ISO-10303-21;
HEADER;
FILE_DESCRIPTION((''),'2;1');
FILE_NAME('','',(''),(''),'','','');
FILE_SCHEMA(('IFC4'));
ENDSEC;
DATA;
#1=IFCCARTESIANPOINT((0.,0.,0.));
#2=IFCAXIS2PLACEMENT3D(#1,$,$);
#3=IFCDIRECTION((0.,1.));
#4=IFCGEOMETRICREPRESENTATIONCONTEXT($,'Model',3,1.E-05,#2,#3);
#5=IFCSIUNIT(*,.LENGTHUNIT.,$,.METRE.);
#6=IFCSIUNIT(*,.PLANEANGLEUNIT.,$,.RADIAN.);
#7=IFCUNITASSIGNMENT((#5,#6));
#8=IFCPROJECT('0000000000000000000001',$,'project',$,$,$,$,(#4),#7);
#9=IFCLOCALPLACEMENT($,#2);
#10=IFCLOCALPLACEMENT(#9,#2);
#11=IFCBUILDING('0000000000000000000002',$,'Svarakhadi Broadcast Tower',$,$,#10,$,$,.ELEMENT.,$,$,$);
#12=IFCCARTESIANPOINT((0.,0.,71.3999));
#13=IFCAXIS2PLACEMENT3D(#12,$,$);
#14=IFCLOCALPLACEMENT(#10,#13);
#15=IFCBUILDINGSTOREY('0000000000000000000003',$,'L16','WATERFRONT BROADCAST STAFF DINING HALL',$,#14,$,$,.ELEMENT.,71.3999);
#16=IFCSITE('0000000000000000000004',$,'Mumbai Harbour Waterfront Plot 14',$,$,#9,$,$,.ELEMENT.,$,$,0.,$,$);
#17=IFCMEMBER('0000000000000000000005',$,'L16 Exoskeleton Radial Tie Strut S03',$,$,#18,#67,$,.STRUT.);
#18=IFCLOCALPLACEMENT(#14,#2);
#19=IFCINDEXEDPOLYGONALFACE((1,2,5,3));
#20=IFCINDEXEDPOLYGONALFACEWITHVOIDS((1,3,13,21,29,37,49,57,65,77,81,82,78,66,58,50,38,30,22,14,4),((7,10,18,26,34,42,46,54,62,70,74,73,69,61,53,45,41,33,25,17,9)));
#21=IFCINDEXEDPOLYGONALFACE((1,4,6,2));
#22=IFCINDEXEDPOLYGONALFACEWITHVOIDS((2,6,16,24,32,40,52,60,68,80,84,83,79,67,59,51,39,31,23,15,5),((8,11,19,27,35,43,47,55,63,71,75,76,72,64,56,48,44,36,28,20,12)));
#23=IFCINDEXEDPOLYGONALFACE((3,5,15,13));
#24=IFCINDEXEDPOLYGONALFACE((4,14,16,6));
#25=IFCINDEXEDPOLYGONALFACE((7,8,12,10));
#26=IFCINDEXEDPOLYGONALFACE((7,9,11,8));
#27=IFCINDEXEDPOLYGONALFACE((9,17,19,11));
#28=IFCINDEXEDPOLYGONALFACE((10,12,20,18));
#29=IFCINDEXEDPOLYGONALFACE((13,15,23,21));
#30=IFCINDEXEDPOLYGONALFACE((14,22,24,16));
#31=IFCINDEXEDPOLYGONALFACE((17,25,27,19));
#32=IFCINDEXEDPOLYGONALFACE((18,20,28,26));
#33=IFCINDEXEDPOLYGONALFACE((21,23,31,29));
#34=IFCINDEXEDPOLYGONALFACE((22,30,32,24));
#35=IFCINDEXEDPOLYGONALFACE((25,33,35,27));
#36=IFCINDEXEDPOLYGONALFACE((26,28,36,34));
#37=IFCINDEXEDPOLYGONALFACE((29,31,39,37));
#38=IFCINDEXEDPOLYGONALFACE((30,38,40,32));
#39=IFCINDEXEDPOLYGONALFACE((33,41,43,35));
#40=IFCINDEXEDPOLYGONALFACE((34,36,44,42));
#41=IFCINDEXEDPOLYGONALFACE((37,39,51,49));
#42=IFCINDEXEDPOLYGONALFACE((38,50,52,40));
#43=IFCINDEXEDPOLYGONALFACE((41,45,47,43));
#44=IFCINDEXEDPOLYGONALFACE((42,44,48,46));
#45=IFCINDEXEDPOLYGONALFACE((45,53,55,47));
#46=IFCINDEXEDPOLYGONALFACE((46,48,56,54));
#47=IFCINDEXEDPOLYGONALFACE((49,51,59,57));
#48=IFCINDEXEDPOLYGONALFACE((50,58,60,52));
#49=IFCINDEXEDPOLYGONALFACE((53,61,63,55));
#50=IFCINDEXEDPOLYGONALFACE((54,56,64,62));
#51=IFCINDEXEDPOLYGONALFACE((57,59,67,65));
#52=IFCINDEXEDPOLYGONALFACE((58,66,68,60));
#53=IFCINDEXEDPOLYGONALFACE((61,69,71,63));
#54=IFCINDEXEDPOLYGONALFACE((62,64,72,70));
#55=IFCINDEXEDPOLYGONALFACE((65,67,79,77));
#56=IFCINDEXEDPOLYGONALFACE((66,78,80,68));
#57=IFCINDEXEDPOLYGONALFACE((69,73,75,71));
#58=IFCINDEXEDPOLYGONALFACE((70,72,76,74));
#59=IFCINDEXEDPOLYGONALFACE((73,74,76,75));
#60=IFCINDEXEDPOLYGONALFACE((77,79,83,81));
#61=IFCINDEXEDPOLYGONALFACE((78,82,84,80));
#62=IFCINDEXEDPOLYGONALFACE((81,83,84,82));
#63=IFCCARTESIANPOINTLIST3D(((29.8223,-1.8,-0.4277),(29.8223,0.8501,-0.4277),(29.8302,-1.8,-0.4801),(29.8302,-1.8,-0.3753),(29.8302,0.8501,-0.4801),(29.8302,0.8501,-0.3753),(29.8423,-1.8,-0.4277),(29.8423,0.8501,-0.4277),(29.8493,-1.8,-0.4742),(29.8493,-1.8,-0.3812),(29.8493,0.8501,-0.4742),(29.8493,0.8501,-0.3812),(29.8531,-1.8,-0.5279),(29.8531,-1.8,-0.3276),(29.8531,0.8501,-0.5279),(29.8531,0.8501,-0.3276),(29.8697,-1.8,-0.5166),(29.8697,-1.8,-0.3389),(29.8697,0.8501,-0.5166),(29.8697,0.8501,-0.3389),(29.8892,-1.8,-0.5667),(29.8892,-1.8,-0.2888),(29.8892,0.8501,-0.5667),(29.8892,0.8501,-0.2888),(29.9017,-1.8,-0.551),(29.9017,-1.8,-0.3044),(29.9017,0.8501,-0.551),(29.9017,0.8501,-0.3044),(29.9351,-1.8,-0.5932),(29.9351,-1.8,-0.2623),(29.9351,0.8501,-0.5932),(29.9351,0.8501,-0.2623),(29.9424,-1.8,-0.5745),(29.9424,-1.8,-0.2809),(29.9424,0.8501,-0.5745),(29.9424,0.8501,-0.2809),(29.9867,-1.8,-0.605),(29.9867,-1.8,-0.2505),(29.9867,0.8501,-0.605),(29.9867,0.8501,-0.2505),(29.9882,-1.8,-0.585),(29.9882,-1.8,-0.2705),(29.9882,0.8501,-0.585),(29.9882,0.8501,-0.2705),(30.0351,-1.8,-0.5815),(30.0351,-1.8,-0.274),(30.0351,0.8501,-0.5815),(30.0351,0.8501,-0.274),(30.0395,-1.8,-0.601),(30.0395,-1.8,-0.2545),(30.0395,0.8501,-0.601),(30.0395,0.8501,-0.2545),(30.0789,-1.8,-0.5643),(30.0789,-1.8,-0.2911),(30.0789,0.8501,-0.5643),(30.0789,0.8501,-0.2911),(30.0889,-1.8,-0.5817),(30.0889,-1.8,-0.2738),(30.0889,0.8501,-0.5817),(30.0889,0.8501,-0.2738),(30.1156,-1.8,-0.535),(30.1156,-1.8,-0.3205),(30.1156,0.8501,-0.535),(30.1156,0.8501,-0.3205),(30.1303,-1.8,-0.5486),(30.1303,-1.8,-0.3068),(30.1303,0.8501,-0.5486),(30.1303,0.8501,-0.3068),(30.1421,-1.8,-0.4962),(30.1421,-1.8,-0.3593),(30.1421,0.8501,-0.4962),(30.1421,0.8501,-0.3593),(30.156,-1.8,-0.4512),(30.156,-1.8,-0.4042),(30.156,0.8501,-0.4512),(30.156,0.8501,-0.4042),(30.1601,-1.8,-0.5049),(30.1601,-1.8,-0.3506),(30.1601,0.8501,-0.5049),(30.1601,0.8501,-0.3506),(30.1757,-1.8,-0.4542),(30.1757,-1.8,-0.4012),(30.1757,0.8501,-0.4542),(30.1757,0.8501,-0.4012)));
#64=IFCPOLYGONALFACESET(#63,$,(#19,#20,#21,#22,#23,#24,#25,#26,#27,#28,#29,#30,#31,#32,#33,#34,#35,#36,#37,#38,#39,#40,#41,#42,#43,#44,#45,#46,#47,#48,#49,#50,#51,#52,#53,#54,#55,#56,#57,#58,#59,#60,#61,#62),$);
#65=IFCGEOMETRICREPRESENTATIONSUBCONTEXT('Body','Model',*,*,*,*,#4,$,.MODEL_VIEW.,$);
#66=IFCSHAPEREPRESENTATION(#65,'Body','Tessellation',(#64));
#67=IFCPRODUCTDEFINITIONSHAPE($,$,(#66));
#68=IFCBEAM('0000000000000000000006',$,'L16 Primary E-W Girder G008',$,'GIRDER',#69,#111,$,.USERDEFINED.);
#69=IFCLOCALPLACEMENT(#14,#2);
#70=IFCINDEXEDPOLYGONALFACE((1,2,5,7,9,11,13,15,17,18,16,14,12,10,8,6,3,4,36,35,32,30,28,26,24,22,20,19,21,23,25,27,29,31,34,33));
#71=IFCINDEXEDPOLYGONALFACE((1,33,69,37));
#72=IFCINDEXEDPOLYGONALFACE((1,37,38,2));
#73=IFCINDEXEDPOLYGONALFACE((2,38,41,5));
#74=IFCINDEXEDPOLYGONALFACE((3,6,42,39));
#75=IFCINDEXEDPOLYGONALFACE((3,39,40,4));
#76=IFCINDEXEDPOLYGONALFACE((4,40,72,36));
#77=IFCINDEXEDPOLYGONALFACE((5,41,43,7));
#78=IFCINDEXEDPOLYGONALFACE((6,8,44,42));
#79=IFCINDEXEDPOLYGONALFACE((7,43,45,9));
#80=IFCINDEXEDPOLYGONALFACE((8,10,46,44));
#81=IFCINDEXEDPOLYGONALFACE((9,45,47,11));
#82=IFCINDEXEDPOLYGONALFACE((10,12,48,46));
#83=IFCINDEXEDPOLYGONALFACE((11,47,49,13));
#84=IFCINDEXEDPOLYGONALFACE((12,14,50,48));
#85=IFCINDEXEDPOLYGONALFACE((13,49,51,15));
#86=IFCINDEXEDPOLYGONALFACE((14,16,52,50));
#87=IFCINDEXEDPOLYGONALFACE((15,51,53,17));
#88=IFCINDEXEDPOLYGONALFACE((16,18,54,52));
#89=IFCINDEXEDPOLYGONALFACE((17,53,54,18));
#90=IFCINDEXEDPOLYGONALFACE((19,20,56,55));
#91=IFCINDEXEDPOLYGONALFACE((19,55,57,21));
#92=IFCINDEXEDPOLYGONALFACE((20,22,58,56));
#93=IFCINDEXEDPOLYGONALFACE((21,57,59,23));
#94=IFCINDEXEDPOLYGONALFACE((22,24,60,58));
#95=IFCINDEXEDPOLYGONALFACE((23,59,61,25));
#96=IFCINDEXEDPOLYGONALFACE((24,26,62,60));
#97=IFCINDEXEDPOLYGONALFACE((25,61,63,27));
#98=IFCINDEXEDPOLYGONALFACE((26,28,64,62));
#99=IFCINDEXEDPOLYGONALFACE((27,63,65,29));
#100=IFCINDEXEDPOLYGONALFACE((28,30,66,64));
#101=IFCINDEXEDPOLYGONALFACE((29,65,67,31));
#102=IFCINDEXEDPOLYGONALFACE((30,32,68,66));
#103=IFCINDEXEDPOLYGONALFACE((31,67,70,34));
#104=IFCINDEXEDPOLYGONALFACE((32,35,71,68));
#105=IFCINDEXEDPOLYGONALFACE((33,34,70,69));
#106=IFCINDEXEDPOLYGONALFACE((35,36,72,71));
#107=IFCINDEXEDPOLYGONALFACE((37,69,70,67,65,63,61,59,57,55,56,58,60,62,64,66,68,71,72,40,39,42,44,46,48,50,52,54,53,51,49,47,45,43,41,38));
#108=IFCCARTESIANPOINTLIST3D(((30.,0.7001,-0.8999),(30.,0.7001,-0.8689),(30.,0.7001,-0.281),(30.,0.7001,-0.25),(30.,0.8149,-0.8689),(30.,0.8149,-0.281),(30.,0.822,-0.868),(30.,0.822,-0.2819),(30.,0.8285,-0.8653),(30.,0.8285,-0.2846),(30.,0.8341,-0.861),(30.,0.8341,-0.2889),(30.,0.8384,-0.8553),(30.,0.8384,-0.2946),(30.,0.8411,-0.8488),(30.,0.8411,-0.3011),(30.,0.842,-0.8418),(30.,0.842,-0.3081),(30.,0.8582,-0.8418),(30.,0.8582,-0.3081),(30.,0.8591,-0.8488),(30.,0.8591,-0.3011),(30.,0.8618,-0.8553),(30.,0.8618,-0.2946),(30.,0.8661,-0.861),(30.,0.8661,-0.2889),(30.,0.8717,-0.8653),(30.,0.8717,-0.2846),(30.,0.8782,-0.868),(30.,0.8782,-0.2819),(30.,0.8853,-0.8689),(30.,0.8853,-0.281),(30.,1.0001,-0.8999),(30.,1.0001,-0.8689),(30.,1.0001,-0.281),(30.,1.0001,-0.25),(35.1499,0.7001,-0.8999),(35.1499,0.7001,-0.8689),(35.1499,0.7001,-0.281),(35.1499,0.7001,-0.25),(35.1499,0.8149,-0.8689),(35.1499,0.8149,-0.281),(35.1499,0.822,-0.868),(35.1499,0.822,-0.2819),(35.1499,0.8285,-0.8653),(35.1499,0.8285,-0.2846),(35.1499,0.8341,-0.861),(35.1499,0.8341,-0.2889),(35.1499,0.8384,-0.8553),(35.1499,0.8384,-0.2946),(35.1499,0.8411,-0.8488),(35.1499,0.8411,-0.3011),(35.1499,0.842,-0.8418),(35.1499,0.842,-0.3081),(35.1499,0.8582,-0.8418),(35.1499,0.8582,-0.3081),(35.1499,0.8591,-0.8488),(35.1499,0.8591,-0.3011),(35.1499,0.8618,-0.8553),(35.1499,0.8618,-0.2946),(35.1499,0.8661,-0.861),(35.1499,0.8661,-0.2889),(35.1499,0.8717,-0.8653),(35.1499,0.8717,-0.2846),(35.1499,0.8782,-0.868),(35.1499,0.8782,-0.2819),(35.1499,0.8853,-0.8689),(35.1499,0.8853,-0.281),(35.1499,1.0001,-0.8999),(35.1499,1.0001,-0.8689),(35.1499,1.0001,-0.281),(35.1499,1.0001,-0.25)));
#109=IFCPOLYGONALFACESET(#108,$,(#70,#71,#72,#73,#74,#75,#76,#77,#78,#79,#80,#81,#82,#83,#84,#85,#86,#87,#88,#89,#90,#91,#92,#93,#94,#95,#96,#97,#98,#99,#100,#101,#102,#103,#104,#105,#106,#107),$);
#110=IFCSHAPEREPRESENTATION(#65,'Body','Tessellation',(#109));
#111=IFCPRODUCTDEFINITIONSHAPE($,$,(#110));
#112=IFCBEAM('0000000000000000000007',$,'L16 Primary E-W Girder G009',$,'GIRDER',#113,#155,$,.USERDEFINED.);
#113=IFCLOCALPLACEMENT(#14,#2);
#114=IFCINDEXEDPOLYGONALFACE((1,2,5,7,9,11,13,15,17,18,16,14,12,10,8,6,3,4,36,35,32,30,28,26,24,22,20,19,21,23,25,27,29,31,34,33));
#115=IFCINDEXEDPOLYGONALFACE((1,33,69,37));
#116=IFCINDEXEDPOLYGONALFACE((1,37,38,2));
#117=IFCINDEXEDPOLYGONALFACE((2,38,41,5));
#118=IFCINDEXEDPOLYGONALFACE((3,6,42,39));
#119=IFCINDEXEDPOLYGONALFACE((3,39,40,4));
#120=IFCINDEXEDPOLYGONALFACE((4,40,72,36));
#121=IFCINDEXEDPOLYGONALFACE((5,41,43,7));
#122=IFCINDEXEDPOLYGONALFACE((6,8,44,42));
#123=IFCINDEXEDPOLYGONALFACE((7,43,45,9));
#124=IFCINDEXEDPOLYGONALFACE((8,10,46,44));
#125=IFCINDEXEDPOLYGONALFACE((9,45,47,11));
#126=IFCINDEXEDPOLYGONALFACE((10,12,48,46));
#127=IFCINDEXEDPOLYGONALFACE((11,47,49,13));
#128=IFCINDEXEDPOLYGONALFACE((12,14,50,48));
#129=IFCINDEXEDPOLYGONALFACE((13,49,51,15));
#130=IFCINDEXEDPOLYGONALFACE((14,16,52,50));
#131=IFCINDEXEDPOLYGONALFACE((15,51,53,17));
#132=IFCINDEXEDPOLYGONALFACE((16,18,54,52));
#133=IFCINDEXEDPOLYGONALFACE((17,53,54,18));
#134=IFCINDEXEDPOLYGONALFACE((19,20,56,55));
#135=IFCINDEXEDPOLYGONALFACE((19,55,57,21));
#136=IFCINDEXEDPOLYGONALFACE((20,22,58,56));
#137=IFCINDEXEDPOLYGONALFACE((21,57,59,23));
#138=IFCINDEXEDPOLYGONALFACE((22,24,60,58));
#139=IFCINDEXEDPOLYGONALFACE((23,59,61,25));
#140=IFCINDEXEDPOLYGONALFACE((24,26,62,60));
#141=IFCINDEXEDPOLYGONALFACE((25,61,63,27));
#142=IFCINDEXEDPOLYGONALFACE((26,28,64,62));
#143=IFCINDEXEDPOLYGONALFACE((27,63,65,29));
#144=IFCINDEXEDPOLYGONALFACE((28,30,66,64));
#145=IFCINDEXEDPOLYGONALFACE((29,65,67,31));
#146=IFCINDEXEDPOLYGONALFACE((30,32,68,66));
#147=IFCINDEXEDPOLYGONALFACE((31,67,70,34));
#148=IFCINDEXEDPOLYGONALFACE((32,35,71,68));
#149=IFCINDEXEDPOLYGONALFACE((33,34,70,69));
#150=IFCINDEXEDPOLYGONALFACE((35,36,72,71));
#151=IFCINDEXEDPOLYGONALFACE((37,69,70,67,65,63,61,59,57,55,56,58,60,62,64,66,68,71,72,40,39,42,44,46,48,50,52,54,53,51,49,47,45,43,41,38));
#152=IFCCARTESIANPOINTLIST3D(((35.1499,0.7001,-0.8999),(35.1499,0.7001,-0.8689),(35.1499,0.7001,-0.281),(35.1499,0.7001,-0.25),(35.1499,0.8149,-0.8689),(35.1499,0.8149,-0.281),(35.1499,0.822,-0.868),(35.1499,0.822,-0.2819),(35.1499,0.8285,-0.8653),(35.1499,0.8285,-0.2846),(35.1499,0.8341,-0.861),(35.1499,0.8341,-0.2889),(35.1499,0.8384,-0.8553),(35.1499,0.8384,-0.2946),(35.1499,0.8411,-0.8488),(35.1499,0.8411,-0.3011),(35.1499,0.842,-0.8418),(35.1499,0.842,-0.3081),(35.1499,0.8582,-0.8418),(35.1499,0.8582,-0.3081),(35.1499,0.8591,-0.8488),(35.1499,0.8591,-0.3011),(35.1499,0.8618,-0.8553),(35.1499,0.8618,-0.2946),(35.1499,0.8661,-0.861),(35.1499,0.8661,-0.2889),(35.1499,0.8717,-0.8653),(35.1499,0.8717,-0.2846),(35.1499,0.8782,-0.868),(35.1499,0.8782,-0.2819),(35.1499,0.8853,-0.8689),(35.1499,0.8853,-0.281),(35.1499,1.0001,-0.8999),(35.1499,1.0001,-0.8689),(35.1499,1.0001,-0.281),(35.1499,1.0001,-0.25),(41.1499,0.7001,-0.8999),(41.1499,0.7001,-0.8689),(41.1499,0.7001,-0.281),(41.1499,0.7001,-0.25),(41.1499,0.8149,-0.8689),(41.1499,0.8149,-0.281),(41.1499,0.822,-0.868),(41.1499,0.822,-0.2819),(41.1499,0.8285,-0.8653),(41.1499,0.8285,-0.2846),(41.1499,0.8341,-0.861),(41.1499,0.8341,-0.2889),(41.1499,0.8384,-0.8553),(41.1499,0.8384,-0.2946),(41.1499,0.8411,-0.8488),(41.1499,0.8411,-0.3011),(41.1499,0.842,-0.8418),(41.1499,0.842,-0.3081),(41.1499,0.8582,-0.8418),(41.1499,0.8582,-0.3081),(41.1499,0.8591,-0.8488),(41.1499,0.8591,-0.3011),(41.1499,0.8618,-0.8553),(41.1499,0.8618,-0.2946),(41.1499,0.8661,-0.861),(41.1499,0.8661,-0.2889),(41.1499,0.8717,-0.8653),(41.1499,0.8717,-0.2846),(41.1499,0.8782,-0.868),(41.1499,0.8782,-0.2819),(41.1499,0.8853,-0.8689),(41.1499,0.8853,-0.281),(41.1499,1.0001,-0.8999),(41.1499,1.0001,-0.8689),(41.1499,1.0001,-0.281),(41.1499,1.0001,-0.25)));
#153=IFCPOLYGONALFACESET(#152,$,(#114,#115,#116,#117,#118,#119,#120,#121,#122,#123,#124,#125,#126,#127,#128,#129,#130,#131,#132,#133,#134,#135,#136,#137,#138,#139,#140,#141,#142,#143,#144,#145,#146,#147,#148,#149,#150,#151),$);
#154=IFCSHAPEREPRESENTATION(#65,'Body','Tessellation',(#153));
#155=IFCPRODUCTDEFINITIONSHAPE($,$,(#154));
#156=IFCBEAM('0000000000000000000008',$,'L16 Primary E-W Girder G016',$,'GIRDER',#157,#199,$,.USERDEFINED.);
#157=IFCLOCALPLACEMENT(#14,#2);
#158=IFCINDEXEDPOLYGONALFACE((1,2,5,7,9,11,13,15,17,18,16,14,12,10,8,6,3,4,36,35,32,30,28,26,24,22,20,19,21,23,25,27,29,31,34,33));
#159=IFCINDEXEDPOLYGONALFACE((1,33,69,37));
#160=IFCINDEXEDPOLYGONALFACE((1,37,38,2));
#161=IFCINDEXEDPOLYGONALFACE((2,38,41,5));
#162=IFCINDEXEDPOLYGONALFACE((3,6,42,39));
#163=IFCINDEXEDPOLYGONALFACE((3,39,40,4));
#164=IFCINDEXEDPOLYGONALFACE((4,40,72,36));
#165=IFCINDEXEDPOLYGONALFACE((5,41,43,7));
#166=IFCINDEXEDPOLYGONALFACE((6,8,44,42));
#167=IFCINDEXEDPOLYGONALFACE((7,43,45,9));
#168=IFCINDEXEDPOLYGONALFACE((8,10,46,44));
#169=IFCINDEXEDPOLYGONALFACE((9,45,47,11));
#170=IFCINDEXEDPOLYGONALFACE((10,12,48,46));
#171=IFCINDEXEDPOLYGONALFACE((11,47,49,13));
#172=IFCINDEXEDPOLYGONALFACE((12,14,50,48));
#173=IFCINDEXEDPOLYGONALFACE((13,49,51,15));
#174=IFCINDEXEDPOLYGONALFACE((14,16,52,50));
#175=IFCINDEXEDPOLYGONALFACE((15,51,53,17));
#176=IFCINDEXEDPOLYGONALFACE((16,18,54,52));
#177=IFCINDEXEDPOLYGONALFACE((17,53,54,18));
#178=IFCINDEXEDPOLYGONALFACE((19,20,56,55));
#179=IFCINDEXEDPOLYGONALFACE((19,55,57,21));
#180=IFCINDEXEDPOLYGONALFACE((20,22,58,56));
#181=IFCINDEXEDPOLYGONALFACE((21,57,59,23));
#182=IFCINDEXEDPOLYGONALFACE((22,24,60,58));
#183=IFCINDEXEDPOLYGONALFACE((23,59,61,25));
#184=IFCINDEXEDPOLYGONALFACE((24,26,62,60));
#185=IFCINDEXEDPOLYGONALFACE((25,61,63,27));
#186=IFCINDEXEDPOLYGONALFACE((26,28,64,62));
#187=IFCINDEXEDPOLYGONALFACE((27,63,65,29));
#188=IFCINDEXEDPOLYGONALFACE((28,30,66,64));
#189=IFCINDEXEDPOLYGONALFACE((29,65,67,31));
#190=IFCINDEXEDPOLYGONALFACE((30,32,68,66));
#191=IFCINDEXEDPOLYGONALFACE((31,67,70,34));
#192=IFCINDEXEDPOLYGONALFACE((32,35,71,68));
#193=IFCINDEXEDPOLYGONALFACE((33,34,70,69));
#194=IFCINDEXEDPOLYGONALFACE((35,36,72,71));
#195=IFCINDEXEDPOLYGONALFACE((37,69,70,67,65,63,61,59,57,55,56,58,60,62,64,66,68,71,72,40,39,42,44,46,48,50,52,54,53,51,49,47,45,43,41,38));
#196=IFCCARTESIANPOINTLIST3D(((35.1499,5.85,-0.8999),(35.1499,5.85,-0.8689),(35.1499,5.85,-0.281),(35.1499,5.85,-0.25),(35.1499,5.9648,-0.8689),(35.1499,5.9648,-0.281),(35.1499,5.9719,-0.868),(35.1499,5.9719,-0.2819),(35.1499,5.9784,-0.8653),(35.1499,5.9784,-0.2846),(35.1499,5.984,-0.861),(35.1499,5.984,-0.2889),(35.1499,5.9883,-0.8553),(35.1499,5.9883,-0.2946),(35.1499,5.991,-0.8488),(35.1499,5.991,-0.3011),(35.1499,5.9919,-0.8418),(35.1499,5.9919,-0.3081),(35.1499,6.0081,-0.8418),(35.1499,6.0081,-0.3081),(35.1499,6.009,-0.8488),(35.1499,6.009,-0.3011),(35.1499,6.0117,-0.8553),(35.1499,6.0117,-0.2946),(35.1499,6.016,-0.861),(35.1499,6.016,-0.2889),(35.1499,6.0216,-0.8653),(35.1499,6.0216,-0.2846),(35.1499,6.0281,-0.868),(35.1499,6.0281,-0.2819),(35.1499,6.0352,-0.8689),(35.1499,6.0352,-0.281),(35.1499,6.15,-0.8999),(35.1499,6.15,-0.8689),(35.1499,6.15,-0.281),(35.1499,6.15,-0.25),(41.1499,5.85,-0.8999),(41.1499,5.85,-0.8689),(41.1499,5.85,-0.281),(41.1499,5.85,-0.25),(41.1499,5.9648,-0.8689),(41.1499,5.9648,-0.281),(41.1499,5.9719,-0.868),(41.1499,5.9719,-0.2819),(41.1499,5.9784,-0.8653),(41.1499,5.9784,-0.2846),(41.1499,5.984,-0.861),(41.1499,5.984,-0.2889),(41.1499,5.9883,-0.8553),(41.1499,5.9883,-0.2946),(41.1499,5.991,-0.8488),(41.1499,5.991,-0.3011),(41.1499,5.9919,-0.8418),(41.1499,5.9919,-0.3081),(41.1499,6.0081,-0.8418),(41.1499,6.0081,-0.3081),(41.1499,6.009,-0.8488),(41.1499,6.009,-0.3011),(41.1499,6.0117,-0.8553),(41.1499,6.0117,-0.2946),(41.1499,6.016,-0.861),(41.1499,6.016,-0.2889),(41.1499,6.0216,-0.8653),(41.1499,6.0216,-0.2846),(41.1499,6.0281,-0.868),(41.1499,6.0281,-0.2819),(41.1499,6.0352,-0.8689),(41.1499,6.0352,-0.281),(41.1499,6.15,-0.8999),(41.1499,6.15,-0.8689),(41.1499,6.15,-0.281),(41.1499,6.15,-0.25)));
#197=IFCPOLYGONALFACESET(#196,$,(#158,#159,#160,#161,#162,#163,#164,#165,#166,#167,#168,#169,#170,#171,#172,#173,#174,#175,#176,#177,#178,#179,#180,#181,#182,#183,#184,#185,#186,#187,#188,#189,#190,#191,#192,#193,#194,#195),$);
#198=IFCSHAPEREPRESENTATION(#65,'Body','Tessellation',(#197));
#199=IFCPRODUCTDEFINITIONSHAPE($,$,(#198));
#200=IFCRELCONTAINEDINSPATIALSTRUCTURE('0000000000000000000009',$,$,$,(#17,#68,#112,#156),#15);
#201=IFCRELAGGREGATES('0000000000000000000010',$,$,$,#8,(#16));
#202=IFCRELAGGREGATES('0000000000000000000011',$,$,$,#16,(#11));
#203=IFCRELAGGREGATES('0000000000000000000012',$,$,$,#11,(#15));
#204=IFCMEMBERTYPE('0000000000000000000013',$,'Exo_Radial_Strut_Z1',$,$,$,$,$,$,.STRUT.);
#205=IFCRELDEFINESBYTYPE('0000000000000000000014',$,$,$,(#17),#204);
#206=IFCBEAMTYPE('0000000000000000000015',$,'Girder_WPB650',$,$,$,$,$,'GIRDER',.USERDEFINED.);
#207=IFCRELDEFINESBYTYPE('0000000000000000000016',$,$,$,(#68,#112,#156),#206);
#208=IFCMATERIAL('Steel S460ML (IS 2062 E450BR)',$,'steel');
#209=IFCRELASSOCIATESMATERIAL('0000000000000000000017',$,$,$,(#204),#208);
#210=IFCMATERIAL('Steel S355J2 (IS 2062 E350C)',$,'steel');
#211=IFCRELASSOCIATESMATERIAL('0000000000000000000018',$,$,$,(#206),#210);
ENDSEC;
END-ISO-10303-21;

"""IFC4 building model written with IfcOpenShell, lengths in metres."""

from ifc_helpers import new_model, si_unit, direction, frame, origin, origin_2d, place, context, subcontext, project, spatial, hollow_circle, i_section, extrude, material, material_profile, profile_set, type_object, element, save


model = new_model("IFC4")

# Units and contexts
model_context = context("Model", 3, precision=1e-05, world=origin(), true_north=direction((0.0, 1.0)))
body_context = subcontext(model_context, "Body", "Model", "MODEL_VIEW")
ifc_project = project(units=[si_unit("LENGTHUNIT", "METRE"), si_unit("PLANEANGLEUNIT", "RADIAN")], contexts=[model_context])

# Site, building, storey
site_placement = place(None, origin())
site = spatial("IfcSite", under=ifc_project, at=site_placement, Name="Mumbai Harbour Waterfront Plot 14", CompositionType="ELEMENT", RefElevation=0.0)
building_placement = place(site_placement, origin())
building = spatial("IfcBuilding", under=site, at=building_placement, Name="Svarakhadi Broadcast Tower", CompositionType="ELEMENT")
storey_placement = place(building_placement, frame((0.0, 0.0, 71.3999)))
storey = spatial("IfcBuildingStorey", under=building, at=storey_placement, Name="L16", Description="WATERFRONT BROADCAST STAFF DINING HALL", CompositionType="ELEMENT", Elevation=71.3999)

# Shared definitions
ifc_material_1 = material(Name="Steel S460ML (IS 2062 E450BR)", Category="steel")

# Member
ifc_material_profile_1 = material_profile(ifc_material_1, hollow_circle(Radius=0.1777, WallThickness=0.02, at=origin_2d()), Name="CHS 355.6x20")
ifc_profile_set_1 = profile_set([ifc_material_profile_1], Name="Steel S460ML (IS 2062 E450BR)")
member_type_1 = type_object("IfcMemberType", Name="Exo_Radial_Strut_Z1", PredefinedType="STRUT", material=ifc_profile_set_1)
member_1_placement = place(storey_placement, frame((30.0, -1.8, -0.4277), z_axis=(0.0, 1.0, 0.0), x_axis=(-1.0, 0.0, 0.0)))
element("IfcMember", 1, at=member_1_placement, inside=storey, type_object=member_type_1, Name="L16 Exoskeleton Radial Tie Strut S03", PredefinedType="STRUT", context=body_context, shape_type="SweptSolid", body=[
    extrude(hollow_circle(Radius=0.1777, WallThickness=0.02, at=origin_2d()), origin(), (0.0, 0.0, 1.0), 2.6501),
])

# Beams
ifc_material_2 = material(Name="Steel S355J2 (IS 2062 E350C)", Category="steel")
ifc_material_profile_2 = material_profile(ifc_material_2, i_section(OverallWidth=0.3, OverallDepth=0.6499, WebThickness=0.0161, FlangeThickness=0.031, FilletRadius=0.0271, at=origin_2d()), Name="WPB 650x300x225")
ifc_profile_set_2 = profile_set([ifc_material_profile_2], Name="Steel S355J2 (IS 2062 E350C)")
beam_type_1 = type_object("IfcBeamType", Name="Girder_WPB650", ElementType="GIRDER", PredefinedType="USERDEFINED", material=ifc_profile_set_2)
beam_1_placement = place(storey_placement, frame((30.0, 0.8501, -0.575), z_axis=(1.0, 0.0, 0.0), x_axis=(0.0, 1.0, 0.0)))
element("IfcBeam", 2, at=beam_1_placement, inside=storey, type_object=beam_type_1, Name="L16 Primary E-W Girder G008", ObjectType="GIRDER", PredefinedType="USERDEFINED", context=body_context, shape_type="SweptSolid", body=[
    extrude(i_section(OverallWidth=0.3, OverallDepth=0.6499, WebThickness=0.0161, FlangeThickness=0.031, FilletRadius=0.0271, at=origin_2d()), origin(), (0.0, 0.0, 1.0), 5.1499),
])
for number, where, z_axis, x_axis, name in (
    (3, (35.1499, 0.8501, -0.575), (1.0, 0.0, 0.0), (0.0, 1.0, 0.0), "L16 Primary E-W Girder G009"),
    (4, (35.1499, 6.0, -0.575), (1.0, 0.0, 0.0), (0.0, 1.0, 0.0), "L16 Primary E-W Girder G016"),
):
    element("IfcBeam", number, at=place(storey_placement, frame(where, z_axis=z_axis, x_axis=x_axis)), inside=storey, type_object=beam_type_1, Name=name, ObjectType="GIRDER", PredefinedType="USERDEFINED", context=body_context, shape_type="SweptSolid", body=[
        extrude(i_section(OverallWidth=0.3, OverallDepth=0.6499, WebThickness=0.0161, FlangeThickness=0.031, FilletRadius=0.0271, at=origin_2d()), origin(), (0.0, 0.0, 1.0), 6.0),
    ])

save(model, "model.ifc")
